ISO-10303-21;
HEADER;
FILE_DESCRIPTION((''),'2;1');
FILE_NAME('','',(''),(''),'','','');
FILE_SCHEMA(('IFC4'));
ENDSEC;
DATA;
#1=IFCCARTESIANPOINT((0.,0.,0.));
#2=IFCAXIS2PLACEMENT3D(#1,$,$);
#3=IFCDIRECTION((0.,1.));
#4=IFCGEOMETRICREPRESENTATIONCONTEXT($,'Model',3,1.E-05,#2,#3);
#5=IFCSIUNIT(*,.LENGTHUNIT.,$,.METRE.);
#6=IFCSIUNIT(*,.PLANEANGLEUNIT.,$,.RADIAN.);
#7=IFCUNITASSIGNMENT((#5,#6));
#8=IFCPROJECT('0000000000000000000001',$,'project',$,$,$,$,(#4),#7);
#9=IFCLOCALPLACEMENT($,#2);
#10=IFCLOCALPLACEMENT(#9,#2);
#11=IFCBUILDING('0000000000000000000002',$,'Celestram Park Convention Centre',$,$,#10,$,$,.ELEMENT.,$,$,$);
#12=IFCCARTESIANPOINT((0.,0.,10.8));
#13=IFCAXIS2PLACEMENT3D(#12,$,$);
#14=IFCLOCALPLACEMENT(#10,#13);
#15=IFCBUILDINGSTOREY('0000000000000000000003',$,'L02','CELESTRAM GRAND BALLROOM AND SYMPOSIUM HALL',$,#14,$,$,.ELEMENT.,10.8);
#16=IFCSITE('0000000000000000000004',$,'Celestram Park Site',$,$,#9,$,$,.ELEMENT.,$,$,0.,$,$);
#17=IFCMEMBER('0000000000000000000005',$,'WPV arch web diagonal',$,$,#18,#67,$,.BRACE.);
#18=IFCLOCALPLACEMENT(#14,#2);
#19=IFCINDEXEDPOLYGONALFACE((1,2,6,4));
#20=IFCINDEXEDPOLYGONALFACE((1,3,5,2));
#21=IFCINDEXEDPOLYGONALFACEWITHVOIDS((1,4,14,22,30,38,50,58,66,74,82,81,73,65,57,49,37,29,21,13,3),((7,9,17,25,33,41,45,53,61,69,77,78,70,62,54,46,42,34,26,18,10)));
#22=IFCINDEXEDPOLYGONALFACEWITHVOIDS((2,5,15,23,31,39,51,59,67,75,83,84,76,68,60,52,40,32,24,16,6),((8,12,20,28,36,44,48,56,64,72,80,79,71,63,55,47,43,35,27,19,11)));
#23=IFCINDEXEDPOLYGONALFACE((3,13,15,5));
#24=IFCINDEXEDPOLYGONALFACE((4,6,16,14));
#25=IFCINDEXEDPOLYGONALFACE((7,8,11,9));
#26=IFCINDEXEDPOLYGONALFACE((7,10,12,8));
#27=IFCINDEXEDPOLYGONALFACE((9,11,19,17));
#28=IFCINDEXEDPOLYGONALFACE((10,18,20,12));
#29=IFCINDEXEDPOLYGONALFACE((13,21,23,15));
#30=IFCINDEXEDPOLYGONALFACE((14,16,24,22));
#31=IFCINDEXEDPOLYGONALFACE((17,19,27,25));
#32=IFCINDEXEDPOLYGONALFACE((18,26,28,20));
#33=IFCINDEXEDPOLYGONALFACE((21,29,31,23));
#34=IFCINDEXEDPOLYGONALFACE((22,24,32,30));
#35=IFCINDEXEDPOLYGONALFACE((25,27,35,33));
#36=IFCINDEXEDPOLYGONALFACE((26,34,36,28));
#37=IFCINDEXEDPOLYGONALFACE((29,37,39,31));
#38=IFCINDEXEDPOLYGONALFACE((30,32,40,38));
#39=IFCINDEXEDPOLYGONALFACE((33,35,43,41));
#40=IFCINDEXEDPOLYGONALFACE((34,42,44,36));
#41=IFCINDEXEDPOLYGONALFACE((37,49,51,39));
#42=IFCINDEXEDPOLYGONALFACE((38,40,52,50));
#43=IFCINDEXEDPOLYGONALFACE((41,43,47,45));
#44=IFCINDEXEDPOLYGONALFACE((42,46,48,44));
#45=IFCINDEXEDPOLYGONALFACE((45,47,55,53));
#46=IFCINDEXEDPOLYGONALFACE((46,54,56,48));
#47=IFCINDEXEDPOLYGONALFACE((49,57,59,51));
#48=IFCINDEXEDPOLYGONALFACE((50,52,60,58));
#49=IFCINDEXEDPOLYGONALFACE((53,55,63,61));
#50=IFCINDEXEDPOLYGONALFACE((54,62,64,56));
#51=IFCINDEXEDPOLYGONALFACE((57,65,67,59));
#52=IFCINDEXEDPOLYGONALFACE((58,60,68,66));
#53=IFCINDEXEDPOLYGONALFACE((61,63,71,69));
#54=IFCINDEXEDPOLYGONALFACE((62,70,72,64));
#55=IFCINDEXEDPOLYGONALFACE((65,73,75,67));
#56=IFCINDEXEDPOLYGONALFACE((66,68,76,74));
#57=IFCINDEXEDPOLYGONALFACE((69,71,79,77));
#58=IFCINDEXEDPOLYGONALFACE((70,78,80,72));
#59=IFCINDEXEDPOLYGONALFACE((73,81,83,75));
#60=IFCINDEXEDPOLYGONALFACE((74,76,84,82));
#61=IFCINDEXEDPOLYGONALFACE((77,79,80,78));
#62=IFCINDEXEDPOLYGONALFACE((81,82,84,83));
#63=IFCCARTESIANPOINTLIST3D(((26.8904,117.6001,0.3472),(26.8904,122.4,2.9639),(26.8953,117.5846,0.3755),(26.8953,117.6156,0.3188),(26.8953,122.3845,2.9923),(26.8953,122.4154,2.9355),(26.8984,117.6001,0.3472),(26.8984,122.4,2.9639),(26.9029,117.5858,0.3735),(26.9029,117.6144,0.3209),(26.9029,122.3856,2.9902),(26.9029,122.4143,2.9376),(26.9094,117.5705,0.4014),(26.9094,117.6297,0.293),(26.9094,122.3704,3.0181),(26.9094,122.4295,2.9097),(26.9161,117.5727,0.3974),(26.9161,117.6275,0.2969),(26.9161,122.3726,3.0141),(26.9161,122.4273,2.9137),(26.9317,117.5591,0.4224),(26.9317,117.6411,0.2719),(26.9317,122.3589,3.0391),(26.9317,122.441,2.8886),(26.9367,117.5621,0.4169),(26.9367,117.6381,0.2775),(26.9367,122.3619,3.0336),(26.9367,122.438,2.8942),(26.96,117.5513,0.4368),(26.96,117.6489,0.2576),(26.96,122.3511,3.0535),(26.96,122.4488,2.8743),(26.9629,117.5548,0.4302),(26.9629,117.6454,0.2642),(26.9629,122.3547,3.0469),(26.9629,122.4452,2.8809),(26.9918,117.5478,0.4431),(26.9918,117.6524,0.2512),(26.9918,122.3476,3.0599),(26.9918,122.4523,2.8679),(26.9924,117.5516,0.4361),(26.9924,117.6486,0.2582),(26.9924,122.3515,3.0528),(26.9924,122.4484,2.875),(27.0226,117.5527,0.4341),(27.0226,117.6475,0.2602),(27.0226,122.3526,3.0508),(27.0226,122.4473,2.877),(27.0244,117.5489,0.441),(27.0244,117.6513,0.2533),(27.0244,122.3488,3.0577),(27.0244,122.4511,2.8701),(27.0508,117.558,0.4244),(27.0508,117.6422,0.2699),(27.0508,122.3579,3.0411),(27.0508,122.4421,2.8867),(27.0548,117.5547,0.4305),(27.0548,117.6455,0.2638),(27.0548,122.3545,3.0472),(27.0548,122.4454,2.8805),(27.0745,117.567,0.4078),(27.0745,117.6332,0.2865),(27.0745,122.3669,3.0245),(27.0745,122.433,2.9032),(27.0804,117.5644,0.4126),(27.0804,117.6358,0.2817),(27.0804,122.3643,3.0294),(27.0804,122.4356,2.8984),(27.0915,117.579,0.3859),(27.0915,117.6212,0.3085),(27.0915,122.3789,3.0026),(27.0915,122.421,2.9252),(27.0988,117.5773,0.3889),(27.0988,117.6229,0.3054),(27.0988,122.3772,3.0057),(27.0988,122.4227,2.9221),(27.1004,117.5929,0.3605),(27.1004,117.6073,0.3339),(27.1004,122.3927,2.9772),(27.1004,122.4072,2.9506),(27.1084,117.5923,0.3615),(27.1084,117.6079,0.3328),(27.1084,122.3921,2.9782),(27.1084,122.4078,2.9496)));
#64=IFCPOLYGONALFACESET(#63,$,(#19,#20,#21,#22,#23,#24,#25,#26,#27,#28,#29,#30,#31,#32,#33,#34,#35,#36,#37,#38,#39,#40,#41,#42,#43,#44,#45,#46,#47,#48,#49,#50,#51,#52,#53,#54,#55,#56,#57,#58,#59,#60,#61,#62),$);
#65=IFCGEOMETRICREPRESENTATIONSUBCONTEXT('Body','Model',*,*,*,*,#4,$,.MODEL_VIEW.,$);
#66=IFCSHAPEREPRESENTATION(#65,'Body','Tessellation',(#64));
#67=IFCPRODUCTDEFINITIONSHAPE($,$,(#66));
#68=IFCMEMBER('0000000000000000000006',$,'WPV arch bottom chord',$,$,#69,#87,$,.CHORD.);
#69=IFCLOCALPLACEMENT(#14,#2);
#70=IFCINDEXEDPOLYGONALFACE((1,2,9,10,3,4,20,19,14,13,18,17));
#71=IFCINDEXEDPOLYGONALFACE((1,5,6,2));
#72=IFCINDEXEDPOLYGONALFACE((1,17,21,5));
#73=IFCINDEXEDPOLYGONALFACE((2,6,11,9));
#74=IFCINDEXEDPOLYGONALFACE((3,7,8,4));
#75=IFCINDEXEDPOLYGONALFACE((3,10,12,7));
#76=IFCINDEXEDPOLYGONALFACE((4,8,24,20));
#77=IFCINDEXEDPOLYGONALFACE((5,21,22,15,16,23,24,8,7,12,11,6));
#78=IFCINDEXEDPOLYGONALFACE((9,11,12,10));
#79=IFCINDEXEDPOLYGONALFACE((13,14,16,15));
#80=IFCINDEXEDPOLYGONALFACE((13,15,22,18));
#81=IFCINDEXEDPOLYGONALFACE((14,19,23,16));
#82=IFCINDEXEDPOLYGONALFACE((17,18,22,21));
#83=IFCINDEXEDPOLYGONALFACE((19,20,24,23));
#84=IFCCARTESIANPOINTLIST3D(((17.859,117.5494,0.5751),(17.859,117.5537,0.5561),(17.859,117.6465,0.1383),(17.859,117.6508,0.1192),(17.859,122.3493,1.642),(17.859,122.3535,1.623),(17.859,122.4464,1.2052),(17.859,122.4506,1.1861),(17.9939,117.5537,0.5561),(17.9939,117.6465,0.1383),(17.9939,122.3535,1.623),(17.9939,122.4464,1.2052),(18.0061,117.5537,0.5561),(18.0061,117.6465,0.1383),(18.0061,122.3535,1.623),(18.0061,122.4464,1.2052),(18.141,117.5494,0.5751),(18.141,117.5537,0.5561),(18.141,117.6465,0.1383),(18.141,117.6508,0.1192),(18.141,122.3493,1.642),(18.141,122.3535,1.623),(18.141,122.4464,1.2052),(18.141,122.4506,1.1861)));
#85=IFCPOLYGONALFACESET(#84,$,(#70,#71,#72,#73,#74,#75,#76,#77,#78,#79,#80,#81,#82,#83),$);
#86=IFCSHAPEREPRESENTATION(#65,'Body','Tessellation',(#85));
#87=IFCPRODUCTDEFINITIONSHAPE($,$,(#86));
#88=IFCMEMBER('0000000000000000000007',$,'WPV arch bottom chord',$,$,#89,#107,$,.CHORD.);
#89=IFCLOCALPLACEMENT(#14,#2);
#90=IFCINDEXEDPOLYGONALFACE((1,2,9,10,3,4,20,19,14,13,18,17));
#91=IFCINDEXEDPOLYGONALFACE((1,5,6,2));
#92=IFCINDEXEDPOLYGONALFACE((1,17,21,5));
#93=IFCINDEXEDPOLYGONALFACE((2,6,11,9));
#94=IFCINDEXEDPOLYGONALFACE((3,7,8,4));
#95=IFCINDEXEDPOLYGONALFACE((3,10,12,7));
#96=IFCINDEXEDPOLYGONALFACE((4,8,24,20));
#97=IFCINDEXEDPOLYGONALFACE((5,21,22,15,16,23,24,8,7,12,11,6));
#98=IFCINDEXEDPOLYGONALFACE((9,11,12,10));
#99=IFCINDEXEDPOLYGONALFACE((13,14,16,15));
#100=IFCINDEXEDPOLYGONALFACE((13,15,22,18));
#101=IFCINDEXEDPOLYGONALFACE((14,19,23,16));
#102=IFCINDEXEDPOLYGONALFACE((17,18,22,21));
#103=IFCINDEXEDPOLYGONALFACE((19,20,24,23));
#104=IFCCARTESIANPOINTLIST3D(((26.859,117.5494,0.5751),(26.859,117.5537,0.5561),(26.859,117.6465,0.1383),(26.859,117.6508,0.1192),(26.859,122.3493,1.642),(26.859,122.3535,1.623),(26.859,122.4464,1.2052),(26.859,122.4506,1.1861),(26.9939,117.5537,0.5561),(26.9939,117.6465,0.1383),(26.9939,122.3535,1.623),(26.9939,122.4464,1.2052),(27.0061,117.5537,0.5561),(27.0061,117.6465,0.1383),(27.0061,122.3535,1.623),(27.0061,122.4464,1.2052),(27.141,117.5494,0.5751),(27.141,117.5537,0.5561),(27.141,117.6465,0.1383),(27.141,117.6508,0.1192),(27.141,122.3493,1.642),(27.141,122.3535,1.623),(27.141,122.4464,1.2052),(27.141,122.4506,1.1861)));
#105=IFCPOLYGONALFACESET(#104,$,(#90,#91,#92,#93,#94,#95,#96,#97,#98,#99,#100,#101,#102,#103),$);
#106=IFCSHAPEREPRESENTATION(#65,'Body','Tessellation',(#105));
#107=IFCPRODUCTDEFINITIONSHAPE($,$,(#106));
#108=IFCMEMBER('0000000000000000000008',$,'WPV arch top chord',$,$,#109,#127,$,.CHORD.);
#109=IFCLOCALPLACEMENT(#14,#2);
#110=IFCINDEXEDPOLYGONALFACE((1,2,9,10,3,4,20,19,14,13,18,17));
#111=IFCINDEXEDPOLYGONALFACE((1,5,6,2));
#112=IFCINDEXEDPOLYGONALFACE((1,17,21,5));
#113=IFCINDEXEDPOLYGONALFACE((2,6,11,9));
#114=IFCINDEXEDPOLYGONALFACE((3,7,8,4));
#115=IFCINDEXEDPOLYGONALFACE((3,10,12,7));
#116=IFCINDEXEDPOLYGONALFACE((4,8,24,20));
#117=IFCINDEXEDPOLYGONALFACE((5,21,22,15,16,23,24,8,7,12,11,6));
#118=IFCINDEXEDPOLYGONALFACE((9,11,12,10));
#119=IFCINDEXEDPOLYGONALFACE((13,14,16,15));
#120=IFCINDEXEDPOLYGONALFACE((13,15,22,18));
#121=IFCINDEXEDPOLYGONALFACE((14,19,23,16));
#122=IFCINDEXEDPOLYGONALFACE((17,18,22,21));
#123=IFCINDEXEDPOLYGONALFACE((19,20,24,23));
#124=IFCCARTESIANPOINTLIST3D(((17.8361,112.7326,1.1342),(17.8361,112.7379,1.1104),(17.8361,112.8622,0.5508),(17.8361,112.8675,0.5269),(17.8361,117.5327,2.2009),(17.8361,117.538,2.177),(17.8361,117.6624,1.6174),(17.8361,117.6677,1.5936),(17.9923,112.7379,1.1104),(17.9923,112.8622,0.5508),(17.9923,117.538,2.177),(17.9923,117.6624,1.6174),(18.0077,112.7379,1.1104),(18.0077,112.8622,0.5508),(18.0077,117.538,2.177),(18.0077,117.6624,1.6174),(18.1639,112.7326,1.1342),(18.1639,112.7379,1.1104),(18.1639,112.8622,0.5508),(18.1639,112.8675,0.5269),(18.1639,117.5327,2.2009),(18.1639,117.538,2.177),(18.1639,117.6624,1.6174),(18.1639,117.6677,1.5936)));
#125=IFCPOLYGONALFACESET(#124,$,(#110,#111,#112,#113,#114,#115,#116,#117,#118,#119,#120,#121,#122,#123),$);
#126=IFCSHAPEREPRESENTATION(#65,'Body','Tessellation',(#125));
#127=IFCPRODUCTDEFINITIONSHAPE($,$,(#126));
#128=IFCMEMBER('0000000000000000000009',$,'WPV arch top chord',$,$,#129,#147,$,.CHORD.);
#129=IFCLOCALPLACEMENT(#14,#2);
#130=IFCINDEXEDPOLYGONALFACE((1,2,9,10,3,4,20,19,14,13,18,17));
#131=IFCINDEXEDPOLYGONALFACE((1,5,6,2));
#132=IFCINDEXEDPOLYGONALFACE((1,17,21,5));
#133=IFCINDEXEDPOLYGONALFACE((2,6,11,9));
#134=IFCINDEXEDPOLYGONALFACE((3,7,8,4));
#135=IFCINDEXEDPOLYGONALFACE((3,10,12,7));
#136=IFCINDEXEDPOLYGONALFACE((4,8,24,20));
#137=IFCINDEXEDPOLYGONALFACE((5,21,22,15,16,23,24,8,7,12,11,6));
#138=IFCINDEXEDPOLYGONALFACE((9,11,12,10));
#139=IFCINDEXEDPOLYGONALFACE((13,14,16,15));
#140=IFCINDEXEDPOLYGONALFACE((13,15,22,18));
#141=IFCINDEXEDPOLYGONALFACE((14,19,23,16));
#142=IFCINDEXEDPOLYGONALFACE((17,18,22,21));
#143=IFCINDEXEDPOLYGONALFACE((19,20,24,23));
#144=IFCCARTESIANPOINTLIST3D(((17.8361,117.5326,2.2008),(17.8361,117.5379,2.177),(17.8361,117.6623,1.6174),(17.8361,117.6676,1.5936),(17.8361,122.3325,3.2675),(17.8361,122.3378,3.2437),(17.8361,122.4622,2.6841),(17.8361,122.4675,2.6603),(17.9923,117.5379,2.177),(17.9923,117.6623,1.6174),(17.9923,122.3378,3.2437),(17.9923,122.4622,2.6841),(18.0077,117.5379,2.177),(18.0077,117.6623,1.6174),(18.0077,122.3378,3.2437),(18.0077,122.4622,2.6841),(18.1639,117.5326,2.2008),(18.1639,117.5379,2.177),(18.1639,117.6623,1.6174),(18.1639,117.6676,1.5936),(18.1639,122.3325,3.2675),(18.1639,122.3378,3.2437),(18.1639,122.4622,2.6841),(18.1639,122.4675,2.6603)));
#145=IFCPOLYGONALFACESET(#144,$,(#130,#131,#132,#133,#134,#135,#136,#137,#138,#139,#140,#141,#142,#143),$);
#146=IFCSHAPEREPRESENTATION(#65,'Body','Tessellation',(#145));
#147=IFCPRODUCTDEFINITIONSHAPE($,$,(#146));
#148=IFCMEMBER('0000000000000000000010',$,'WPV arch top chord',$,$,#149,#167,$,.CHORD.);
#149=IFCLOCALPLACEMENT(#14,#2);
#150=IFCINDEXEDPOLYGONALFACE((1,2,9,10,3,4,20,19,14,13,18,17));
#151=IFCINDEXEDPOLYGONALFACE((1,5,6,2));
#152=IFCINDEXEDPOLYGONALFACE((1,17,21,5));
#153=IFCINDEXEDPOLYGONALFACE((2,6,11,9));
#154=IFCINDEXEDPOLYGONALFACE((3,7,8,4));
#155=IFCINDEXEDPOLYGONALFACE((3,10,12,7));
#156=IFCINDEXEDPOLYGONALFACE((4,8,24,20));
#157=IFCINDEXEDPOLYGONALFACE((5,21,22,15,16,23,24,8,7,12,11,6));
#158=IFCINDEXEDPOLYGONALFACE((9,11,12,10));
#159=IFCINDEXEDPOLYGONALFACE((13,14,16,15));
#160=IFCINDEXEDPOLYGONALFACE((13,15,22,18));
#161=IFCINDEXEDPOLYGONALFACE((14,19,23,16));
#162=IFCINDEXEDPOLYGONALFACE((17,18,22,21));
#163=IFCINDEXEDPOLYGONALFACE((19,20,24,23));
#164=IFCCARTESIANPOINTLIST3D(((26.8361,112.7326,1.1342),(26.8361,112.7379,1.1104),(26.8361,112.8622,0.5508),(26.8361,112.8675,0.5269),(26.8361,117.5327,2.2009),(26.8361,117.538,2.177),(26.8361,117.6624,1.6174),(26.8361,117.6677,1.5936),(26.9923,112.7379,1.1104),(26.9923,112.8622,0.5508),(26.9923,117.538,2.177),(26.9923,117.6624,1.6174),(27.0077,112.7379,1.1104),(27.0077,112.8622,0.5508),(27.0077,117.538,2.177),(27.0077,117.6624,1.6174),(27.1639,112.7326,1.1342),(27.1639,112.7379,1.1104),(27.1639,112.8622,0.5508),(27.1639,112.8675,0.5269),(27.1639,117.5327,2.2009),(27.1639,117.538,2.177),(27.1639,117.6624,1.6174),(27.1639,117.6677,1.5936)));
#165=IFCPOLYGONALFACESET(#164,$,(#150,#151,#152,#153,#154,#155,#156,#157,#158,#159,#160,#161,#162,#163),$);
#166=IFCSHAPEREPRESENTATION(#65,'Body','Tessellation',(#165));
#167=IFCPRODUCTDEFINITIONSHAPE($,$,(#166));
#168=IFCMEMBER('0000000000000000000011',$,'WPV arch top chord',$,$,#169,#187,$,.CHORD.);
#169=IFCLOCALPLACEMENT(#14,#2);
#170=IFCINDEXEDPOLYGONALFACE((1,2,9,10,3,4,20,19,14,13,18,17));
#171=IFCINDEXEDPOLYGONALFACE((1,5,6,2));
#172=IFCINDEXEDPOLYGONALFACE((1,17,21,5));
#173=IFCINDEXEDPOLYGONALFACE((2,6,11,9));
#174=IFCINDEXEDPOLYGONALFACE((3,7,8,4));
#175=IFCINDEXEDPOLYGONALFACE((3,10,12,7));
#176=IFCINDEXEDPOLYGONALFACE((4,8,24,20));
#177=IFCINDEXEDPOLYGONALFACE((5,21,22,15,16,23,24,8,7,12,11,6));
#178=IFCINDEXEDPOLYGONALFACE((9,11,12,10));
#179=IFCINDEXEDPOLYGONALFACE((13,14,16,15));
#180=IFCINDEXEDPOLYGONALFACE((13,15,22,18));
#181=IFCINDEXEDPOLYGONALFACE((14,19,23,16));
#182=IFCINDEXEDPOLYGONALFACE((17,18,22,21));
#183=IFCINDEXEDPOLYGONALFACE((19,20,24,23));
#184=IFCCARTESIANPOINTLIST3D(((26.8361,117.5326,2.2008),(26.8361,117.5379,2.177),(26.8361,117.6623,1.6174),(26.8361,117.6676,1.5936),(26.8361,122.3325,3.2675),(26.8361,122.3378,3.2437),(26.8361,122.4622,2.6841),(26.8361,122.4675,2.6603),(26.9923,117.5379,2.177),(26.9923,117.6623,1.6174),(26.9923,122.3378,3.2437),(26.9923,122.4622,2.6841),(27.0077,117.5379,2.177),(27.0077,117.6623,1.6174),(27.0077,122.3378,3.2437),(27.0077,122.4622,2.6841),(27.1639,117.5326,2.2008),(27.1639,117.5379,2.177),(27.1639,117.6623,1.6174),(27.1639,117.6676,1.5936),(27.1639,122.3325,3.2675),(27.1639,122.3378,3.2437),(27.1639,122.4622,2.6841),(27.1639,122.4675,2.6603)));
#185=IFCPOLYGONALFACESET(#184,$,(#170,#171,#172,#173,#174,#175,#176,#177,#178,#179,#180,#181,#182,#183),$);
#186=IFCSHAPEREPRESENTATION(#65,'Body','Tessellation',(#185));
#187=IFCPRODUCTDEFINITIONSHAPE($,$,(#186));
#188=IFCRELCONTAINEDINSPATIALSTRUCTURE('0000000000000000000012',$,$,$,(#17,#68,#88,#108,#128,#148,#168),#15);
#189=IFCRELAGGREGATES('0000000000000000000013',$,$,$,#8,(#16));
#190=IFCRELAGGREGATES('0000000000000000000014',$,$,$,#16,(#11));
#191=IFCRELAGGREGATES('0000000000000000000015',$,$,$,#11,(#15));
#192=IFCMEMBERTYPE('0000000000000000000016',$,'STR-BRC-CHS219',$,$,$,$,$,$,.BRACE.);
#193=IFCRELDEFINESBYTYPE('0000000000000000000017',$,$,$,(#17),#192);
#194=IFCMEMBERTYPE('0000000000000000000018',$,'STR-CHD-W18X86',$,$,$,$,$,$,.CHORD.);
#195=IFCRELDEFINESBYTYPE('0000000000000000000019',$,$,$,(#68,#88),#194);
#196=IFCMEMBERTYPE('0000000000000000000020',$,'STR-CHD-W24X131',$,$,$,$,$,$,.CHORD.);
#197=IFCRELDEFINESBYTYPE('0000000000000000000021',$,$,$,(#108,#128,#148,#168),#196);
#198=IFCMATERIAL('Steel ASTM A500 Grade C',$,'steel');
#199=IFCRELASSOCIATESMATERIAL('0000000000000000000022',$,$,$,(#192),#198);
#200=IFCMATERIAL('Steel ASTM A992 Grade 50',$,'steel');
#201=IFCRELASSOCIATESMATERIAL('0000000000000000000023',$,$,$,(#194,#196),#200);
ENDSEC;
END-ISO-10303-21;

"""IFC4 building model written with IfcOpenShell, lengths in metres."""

from ifc_helpers import new_model, si_unit, direction, frame, origin, origin_2d, place, context, subcontext, project, spatial, hollow_circle, i_section, extrude, material, material_profile, profile_set, type_object, element, save


model = new_model("IFC4")

# Units and contexts
model_context = context("Model", 3, precision=1e-05, world=origin(), true_north=direction((0.0, 1.0)))
body_context = subcontext(model_context, "Body", "Model", "MODEL_VIEW")
ifc_project = project(units=[si_unit("LENGTHUNIT", "METRE"), si_unit("PLANEANGLEUNIT", "RADIAN")], contexts=[model_context])

# Site, building, storey
site_placement = place(None, origin())
site = spatial("IfcSite", under=ifc_project, at=site_placement, Name="Celestram Park Site", CompositionType="ELEMENT", RefElevation=0.0)
building_placement = place(site_placement, origin())
building = spatial("IfcBuilding", under=site, at=building_placement, Name="Celestram Park Convention Centre", CompositionType="ELEMENT")
storey_placement = place(building_placement, frame((0.0, 0.0, 10.8)))
storey = spatial("IfcBuildingStorey", under=building, at=storey_placement, Name="L02", Description="CELESTRAM GRAND BALLROOM AND SYMPOSIUM HALL", CompositionType="ELEMENT", Elevation=10.8)

# Members
ifc_material_1 = material(Name="Steel ASTM A500 Grade C", Category="steel")
ifc_material_profile_1 = material_profile(ifc_material_1, hollow_circle(Radius=0.1096, WallThickness=0.0081, at=origin_2d()), Name="CHS219X8")
ifc_profile_set_1 = profile_set([ifc_material_profile_1], Name="Steel ASTM A500 Grade C")
member_type_1 = type_object("IfcMemberType", Name="STR-BRC-CHS219", PredefinedType="BRACE", material=ifc_profile_set_1)
member_1_placement = place(storey_placement, frame((27.0, 117.6001, 0.3472), z_axis=(0.0, 0.878001, 0.478658), x_axis=(-1.0, 0.0, 0.0)))
element("IfcMember", 1, at=member_1_placement, inside=storey, type_object=member_type_1, Name="WPV arch web diagonal", PredefinedType="BRACE", context=body_context, shape_type="SweptSolid", body=[
    extrude(hollow_circle(Radius=0.1096, WallThickness=0.0081, at=origin_2d()), origin(), (0.0, 0.0, 1.0), 5.4668),
])
ifc_material_2 = material(Name="Steel ASTM A992 Grade 50", Category="steel")
ifc_material_profile_2 = material_profile(ifc_material_2, i_section(OverallWidth=0.282, OverallDepth=0.467, WebThickness=0.0122, FlangeThickness=0.0195, at=origin_2d()), Name="W18X86")
ifc_profile_set_2 = profile_set([ifc_material_profile_2], Name="Steel ASTM A992 Grade 50")
member_type_2 = type_object("IfcMemberType", Name="STR-CHD-W18X86", PredefinedType="CHORD", material=ifc_profile_set_2)
for number, where, z_axis, x_axis, name in (
    (2, (18.0, 117.6001, 0.3472), (0.0, 0.976175, 0.216983), (-1.0, 0.0, 0.0), "WPV arch bottom chord"),
    (3, (27.0, 117.6001, 0.3472), (0.0, 0.976175, 0.216983), (-1.0, 0.0, 0.0), "WPV arch bottom chord"),
):
    element("IfcMember", number, at=place(storey_placement, frame(where, z_axis=z_axis, x_axis=x_axis)), inside=storey, type_object=member_type_2, Name=name, PredefinedType="CHORD", context=body_context, shape_type="SweptSolid", body=[
        extrude(i_section(OverallWidth=0.282, OverallDepth=0.467, WebThickness=0.0122, FlangeThickness=0.0195, at=origin_2d()), origin(), (0.0, 0.0, 1.0), 4.917),
    ])
ifc_material_profile_3 = material_profile(ifc_material_2, i_section(OverallWidth=0.3279, OverallDepth=0.6221, WebThickness=0.0154, FlangeThickness=0.0244, at=origin_2d()), Name="W24X131")
ifc_profile_set_3 = profile_set([ifc_material_profile_3], Name="Steel ASTM A992 Grade 50")
member_type_3 = type_object("IfcMemberType", Name="STR-CHD-W24X131", PredefinedType="CHORD", material=ifc_profile_set_3)
member_2_placement = place(storey_placement, frame((18.0, 112.8, 0.8306), z_axis=(0.0, 0.976188, 0.216925), x_axis=(-1.0, 0.0, 0.0)))
element("IfcMember", 4, at=member_2_placement, inside=storey, type_object=member_type_3, Name="WPV arch top chord", PredefinedType="CHORD", context=body_context, shape_type="SweptSolid", body=[
    extrude(i_section(OverallWidth=0.3279, OverallDepth=0.6221, WebThickness=0.0154, FlangeThickness=0.0244, at=origin_2d()), origin(), (0.0, 0.0, 1.0), 4.9172),
])
member_3_placement = place(storey_placement, frame((18.0, 117.6001, 1.8972), z_axis=(0.0, 0.976186, 0.216936), x_axis=(-1.0, 0.0, 0.0)))
element("IfcMember", 5, at=member_3_placement, inside=storey, type_object=member_type_3, Name="WPV arch top chord", PredefinedType="CHORD", context=body_context, shape_type="SweptSolid", body=[
    extrude(i_section(OverallWidth=0.3279, OverallDepth=0.6221, WebThickness=0.0154, FlangeThickness=0.0244, at=origin_2d()), origin(), (0.0, 0.0, 1.0), 4.917),
])
member_4_placement = place(storey_placement, frame((27.0, 112.8, 0.8306), z_axis=(0.0, 0.976188, 0.216925), x_axis=(-1.0, 0.0, 0.0)))
element("IfcMember", 6, at=member_4_placement, inside=storey, type_object=member_type_3, Name="WPV arch top chord", PredefinedType="CHORD", context=body_context, shape_type="SweptSolid", body=[
    extrude(i_section(OverallWidth=0.3279, OverallDepth=0.6221, WebThickness=0.0154, FlangeThickness=0.0244, at=origin_2d()), origin(), (0.0, 0.0, 1.0), 4.9172),
])
member_5_placement = place(storey_placement, frame((27.0, 117.6001, 1.8972), z_axis=(0.0, 0.976186, 0.216936), x_axis=(-1.0, 0.0, 0.0)))
element("IfcMember", 7, at=member_5_placement, inside=storey, type_object=member_type_3, Name="WPV arch top chord", PredefinedType="CHORD", context=body_context, shape_type="SweptSolid", body=[
    extrude(i_section(OverallWidth=0.3279, OverallDepth=0.6221, WebThickness=0.0154, FlangeThickness=0.0244, at=origin_2d()), origin(), (0.0, 0.0, 1.0), 4.917),
])

save(model, "model.ifc")
